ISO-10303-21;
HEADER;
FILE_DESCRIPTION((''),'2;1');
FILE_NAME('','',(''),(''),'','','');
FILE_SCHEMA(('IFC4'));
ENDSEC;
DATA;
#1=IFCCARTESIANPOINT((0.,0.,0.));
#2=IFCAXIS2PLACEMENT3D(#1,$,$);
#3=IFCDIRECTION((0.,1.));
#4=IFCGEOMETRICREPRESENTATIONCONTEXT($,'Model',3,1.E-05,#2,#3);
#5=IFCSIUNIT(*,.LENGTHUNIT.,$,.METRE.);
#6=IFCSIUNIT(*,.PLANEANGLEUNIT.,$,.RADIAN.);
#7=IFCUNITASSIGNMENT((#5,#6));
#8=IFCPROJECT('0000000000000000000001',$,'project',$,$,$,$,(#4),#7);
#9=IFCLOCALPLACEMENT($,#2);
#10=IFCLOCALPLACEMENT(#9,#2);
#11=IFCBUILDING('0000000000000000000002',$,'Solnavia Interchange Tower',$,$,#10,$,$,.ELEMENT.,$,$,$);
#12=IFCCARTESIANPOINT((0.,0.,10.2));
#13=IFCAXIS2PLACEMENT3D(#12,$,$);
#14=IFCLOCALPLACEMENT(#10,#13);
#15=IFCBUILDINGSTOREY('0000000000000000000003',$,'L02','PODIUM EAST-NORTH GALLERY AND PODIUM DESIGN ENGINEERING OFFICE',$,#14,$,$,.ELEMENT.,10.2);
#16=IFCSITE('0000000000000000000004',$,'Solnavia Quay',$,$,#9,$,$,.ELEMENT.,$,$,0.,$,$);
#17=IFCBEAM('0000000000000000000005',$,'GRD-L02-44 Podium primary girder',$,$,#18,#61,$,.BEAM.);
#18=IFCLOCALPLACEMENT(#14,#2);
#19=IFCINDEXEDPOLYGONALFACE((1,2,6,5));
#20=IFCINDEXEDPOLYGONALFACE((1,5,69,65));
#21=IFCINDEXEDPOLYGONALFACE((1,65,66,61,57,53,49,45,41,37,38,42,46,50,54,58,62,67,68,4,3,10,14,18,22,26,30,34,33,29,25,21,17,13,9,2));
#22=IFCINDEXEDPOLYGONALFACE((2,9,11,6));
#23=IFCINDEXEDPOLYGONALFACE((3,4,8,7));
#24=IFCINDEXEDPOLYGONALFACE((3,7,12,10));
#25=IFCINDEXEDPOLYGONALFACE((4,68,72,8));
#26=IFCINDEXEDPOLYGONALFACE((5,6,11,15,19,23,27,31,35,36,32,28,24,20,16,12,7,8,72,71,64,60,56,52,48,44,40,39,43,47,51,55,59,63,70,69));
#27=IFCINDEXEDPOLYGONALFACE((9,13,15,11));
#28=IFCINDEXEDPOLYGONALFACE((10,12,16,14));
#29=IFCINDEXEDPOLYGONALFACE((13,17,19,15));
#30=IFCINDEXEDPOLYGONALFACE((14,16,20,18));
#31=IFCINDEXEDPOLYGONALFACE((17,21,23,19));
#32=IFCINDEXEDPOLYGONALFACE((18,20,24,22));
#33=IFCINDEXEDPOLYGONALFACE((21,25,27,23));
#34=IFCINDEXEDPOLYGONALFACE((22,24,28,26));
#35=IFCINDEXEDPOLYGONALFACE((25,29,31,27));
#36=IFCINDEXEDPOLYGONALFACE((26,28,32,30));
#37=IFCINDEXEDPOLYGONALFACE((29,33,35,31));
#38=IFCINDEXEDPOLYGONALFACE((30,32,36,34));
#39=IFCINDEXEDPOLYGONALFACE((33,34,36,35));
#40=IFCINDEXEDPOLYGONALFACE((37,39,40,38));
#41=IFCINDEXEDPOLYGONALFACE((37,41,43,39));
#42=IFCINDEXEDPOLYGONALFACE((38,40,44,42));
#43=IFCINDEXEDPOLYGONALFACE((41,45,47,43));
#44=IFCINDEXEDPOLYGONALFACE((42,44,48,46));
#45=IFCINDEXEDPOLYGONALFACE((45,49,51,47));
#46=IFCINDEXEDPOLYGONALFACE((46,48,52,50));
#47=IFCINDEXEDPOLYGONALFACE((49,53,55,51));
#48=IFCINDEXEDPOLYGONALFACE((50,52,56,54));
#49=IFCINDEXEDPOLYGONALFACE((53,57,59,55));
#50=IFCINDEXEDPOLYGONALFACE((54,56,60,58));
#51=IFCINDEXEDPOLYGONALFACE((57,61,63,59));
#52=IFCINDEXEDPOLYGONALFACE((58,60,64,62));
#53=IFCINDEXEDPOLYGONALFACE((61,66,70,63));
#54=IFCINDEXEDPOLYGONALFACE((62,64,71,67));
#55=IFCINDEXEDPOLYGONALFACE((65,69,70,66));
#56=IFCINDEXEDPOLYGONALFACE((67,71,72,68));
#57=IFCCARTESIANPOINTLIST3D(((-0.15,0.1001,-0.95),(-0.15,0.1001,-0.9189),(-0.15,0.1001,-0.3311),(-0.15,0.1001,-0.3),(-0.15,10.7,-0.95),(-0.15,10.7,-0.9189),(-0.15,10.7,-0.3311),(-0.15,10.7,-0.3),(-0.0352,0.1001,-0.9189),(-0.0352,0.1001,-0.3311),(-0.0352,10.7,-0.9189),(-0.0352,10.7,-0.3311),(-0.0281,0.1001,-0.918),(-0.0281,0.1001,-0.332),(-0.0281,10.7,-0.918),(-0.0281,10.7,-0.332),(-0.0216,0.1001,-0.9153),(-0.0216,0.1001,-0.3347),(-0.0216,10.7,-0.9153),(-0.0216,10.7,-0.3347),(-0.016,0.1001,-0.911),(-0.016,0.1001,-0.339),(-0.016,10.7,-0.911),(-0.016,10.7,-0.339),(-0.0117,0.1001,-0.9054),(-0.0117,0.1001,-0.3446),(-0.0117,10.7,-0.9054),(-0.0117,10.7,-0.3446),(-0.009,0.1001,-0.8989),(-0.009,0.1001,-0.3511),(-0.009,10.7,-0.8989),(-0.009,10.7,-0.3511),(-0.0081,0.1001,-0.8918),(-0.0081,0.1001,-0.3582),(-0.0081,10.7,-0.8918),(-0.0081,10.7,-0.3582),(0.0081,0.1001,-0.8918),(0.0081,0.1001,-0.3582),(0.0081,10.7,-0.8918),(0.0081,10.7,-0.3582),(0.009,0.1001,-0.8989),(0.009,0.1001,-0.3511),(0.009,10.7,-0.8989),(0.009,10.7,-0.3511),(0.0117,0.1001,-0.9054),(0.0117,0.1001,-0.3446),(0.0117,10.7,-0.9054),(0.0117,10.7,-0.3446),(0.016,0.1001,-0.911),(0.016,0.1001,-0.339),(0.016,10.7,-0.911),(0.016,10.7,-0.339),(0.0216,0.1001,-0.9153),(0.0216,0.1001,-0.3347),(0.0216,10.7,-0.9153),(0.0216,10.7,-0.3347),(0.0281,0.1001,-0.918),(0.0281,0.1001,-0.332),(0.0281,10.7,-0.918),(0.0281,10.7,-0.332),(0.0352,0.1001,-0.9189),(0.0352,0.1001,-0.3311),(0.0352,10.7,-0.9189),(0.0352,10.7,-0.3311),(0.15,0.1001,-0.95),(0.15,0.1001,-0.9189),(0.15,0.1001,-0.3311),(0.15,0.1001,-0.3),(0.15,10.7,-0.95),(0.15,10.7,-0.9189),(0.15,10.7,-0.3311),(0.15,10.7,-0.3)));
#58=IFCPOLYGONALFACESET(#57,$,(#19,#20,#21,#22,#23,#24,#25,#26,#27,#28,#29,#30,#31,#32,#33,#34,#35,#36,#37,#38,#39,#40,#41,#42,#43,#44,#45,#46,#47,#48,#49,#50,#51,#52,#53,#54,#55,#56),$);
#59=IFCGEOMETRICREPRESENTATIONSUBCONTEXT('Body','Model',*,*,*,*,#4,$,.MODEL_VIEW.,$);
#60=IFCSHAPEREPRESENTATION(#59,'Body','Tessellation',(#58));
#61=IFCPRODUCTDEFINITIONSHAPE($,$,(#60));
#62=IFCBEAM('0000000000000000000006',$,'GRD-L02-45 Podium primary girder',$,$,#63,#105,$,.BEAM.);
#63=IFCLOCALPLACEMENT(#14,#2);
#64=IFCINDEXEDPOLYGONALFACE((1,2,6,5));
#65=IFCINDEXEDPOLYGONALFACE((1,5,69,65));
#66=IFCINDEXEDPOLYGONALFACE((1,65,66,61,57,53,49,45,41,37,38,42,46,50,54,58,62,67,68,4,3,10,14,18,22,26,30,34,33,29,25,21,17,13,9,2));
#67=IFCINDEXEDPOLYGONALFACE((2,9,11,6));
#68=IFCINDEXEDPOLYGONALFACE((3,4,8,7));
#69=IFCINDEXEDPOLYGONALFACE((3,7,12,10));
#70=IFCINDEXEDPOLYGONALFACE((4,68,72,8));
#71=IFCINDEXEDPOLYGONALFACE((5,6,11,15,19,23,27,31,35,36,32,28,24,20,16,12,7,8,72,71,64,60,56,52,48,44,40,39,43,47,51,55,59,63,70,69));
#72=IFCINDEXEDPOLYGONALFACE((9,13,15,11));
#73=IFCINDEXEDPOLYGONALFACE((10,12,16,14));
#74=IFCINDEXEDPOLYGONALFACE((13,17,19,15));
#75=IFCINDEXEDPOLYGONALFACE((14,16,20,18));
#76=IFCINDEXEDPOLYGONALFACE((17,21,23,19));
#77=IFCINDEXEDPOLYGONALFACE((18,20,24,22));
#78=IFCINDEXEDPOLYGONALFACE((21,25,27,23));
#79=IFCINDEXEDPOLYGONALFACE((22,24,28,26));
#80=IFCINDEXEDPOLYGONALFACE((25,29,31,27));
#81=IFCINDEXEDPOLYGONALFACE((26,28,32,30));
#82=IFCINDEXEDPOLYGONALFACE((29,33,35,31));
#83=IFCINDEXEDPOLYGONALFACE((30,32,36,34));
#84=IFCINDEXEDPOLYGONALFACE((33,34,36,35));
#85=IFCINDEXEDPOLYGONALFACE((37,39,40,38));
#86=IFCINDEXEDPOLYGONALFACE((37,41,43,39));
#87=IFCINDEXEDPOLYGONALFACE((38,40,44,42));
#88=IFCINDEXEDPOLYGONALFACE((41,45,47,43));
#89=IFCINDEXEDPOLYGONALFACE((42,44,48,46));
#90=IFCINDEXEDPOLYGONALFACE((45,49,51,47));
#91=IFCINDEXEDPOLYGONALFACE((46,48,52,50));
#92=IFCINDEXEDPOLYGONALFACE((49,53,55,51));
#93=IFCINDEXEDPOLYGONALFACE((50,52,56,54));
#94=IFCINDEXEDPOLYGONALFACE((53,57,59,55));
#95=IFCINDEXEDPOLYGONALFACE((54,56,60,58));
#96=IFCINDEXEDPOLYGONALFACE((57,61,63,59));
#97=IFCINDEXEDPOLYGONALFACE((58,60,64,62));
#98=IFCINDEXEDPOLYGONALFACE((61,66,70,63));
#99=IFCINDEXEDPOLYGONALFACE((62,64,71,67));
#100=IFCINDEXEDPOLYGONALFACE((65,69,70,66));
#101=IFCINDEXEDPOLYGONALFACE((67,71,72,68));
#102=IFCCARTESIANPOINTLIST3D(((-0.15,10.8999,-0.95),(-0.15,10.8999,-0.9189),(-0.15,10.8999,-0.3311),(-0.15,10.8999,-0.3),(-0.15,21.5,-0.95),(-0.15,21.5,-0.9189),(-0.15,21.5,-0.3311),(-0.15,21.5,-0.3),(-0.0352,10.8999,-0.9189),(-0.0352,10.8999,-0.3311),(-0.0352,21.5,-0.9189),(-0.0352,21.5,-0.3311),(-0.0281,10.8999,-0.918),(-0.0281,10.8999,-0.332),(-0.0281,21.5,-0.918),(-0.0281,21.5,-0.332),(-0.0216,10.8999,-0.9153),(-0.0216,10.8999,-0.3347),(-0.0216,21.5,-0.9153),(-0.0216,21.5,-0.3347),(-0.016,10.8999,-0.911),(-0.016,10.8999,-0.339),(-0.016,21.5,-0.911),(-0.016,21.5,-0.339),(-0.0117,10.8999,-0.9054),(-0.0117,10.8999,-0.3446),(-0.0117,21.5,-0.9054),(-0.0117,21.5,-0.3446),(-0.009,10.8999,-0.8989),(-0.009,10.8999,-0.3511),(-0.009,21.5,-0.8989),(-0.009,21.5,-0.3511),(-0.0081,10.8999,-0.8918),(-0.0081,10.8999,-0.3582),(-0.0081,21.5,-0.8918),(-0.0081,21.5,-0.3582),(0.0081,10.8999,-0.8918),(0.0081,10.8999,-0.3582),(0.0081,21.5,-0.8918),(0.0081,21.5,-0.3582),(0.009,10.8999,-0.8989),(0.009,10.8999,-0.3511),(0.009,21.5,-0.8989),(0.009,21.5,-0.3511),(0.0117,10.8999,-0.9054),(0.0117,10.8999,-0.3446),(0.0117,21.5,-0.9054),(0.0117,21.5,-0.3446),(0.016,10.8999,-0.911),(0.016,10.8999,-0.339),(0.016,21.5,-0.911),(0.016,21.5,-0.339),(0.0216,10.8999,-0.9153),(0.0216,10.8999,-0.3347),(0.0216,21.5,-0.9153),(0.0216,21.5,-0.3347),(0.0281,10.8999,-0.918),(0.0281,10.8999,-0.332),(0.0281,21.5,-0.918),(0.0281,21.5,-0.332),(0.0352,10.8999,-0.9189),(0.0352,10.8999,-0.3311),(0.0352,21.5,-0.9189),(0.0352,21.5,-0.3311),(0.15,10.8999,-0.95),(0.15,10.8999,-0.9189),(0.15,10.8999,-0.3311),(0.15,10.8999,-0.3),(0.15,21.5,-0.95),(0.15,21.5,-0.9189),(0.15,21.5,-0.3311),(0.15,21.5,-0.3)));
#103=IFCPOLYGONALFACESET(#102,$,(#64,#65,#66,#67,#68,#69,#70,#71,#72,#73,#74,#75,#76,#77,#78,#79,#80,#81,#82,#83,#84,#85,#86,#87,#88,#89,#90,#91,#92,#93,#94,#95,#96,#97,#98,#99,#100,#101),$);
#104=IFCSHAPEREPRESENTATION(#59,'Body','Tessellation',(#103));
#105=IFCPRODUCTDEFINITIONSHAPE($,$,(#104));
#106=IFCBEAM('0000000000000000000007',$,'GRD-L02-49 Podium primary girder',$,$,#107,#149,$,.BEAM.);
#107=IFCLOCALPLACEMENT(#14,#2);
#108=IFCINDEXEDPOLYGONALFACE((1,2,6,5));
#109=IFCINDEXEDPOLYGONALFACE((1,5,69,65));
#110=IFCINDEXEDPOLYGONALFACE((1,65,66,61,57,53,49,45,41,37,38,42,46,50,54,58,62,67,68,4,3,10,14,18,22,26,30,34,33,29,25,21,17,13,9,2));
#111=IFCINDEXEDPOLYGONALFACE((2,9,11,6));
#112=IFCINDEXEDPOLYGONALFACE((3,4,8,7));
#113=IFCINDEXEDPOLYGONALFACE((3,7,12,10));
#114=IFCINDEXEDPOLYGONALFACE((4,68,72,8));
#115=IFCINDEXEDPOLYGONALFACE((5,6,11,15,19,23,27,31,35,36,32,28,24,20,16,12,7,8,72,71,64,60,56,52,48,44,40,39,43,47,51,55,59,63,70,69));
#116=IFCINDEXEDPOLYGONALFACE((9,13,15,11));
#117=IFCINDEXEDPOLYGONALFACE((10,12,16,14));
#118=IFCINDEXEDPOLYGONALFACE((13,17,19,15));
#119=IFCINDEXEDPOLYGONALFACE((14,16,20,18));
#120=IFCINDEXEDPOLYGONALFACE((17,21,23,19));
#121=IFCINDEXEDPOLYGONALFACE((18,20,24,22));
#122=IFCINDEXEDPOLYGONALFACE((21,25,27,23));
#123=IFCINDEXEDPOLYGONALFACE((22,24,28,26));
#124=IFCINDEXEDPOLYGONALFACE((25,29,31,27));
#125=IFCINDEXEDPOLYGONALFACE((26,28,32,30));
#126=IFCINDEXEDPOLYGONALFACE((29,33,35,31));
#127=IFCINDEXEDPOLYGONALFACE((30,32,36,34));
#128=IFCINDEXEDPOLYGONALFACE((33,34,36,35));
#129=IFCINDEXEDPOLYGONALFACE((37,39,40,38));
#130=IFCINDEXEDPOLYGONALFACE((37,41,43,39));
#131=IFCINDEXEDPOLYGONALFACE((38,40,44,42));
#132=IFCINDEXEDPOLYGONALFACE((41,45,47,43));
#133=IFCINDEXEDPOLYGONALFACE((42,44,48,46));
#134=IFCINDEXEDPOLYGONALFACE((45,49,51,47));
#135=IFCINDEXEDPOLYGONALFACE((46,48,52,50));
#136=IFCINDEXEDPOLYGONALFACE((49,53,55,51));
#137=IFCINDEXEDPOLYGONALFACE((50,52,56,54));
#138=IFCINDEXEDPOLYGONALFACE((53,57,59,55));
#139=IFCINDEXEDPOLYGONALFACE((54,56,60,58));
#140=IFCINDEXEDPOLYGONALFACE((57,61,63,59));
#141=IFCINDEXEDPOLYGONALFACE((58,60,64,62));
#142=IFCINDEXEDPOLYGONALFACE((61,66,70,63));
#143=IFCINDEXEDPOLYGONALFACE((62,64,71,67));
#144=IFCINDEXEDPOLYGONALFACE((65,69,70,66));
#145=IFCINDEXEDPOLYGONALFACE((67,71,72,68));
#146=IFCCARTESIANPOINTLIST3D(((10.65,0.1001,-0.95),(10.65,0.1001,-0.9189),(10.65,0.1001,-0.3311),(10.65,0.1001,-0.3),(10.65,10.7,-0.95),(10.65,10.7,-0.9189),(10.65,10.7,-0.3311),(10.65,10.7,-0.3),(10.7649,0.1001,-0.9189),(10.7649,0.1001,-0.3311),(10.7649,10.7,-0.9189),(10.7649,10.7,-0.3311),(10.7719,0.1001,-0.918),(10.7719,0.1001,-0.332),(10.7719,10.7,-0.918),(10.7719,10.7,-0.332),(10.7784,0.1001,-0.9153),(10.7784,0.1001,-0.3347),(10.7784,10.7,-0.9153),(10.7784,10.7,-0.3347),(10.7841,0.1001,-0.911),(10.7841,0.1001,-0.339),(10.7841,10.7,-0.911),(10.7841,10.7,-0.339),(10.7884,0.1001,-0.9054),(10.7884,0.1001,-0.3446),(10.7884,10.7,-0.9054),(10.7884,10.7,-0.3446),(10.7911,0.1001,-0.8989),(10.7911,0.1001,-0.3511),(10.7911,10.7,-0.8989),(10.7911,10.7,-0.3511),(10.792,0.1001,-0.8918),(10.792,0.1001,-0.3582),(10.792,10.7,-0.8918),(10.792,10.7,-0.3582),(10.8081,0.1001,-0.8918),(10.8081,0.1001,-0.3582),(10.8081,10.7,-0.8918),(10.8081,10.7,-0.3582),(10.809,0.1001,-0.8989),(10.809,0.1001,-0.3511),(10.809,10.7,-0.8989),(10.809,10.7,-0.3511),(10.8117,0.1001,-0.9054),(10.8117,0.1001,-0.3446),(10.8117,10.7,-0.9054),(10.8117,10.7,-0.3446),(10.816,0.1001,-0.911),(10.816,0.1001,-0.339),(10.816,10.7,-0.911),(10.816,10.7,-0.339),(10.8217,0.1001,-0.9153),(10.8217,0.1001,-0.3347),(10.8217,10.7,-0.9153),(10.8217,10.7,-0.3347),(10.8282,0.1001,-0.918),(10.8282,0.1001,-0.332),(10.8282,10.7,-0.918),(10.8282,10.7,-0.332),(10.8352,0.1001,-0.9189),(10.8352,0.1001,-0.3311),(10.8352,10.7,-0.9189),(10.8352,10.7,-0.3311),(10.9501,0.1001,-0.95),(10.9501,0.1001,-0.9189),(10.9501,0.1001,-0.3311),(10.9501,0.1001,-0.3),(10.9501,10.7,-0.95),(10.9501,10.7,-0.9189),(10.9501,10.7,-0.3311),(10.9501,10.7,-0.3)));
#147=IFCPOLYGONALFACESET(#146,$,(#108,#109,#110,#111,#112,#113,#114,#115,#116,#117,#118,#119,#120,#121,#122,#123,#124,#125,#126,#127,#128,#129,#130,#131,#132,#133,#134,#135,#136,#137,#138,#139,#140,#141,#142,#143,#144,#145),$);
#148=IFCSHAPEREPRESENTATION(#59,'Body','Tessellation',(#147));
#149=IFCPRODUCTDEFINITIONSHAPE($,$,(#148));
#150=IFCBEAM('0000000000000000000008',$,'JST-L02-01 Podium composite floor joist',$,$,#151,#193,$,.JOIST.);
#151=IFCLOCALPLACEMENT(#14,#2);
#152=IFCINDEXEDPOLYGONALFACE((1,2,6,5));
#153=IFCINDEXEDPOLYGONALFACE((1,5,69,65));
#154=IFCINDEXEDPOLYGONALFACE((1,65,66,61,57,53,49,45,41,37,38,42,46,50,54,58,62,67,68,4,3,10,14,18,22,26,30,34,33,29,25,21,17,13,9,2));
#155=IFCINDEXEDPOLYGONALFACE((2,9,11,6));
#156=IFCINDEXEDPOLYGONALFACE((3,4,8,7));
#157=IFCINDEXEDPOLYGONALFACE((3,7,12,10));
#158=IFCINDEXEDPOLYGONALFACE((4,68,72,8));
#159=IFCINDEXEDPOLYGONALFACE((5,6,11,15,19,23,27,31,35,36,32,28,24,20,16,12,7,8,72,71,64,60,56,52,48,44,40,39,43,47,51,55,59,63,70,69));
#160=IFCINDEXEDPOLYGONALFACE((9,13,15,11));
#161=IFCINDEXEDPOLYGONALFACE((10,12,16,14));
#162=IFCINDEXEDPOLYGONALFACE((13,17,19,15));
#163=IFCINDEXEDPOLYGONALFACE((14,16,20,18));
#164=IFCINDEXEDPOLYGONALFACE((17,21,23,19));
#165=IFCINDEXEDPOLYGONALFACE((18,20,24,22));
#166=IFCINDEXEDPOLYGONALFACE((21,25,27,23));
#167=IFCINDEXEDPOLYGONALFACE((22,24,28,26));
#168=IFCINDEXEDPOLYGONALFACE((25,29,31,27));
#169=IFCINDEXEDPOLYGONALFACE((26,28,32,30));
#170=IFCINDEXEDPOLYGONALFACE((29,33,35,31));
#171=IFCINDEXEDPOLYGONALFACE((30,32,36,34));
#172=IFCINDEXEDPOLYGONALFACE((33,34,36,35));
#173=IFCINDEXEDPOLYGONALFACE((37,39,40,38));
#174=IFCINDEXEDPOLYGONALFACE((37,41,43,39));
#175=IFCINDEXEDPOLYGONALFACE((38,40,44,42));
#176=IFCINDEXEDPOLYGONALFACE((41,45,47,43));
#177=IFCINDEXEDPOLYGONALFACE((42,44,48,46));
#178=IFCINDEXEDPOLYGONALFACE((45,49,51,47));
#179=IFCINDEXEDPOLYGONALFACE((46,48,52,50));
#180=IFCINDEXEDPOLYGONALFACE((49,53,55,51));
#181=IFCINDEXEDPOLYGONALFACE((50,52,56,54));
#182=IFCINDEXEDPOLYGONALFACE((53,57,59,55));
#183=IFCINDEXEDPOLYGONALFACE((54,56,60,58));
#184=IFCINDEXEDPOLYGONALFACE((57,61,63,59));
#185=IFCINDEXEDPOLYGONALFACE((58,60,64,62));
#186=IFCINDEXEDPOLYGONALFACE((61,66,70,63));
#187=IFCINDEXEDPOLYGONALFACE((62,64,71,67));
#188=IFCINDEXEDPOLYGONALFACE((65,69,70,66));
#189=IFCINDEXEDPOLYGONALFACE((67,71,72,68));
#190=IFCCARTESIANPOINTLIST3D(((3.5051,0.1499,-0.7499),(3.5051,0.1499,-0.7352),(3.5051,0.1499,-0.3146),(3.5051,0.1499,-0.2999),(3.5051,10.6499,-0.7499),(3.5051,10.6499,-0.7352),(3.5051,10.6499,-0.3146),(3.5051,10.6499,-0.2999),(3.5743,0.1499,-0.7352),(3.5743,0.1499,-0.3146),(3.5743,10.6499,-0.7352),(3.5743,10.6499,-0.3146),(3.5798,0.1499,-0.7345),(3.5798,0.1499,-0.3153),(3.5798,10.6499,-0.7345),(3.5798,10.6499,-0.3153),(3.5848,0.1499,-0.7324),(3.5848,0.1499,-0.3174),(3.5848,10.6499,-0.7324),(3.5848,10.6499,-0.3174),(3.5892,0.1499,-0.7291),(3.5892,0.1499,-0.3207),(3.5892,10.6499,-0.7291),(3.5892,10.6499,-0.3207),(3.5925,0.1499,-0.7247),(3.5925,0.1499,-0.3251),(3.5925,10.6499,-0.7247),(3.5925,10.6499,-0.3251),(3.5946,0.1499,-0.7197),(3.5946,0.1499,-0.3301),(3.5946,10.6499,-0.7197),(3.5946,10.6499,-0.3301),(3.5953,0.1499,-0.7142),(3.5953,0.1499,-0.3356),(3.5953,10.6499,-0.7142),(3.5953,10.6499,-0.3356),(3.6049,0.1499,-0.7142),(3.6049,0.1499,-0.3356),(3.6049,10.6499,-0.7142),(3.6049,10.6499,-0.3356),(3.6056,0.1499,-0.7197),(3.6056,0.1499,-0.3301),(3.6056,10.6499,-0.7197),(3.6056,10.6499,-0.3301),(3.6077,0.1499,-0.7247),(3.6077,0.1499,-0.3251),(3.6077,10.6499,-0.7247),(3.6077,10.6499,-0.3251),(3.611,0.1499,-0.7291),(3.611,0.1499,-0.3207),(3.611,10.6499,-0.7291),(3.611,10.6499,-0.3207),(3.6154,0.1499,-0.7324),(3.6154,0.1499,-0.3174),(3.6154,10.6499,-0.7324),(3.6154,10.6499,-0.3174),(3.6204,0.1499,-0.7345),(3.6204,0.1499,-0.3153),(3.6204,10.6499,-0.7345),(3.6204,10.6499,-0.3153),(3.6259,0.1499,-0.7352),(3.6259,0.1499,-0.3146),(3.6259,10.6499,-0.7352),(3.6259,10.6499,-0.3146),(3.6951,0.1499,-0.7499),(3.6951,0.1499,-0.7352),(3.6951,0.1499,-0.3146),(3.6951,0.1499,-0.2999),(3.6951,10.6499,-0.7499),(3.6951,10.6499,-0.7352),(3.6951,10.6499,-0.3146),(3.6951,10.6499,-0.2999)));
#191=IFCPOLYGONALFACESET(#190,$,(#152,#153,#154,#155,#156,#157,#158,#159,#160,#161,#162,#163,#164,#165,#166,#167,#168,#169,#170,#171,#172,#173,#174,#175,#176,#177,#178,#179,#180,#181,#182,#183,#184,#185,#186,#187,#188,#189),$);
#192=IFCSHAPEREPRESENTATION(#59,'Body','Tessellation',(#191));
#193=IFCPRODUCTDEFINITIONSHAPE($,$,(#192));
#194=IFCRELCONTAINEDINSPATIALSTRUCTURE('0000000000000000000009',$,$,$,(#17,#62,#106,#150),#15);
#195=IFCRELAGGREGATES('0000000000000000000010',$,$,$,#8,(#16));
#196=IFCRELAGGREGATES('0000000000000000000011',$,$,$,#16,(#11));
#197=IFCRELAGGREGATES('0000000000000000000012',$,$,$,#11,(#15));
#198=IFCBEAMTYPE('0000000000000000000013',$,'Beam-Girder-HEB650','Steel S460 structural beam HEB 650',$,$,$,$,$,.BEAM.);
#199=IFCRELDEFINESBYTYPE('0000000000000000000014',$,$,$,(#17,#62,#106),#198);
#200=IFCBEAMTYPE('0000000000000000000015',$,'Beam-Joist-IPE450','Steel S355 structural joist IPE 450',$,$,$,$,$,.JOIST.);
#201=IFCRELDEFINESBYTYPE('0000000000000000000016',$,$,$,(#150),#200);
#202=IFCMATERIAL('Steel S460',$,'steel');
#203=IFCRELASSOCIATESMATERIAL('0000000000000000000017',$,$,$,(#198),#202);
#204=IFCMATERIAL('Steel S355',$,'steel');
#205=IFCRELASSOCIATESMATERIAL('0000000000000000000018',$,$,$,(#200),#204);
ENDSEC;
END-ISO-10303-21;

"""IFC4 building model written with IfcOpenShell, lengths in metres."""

from ifc_helpers import new_model, si_unit, direction, frame, origin, origin_2d, place, context, subcontext, project, spatial, i_section, extrude, material, material_profile, profile_set, type_object, element, save


model = new_model("IFC4")

# Units and contexts
model_context = context("Model", 3, precision=1e-05, world=origin(), true_north=direction((0.0, 1.0)))
body_context = subcontext(model_context, "Body", "Model", "MODEL_VIEW")
ifc_project = project(units=[si_unit("LENGTHUNIT", "METRE"), si_unit("PLANEANGLEUNIT", "RADIAN")], contexts=[model_context])

# Site, building, storey
site_placement = place(None, origin())
site = spatial("IfcSite", under=ifc_project, at=site_placement, Name="Solnavia Quay", CompositionType="ELEMENT", RefElevation=0.0)
building_placement = place(site_placement, origin())
building = spatial("IfcBuilding", under=site, at=building_placement, Name="Solnavia Interchange Tower", CompositionType="ELEMENT")
storey_placement = place(building_placement, frame((0.0, 0.0, 10.2)))
storey = spatial("IfcBuildingStorey", under=building, at=storey_placement, Name="L02", Description="PODIUM EAST-NORTH GALLERY AND PODIUM DESIGN ENGINEERING OFFICE", CompositionType="ELEMENT", Elevation=10.2)

# Beams
ifc_material_1 = material(Name="Steel S460", Category="steel")
ifc_material_profile_1 = material_profile(ifc_material_1, i_section(OverallWidth=0.3, OverallDepth=0.6499, WebThickness=0.0161, FlangeThickness=0.031, FilletRadius=0.0271, at=origin_2d()), Name="HEB 650")
ifc_profile_set_1 = profile_set([ifc_material_profile_1], Name="Steel S460")
beam_type_1 = type_object("IfcBeamType", Name="Beam-Girder-HEB650", Description="Steel S460 structural beam HEB 650", PredefinedType="BEAM", material=ifc_profile_set_1)
for number, where, z_axis, x_axis, name in (
    (1, (0.0, 0.1001, -0.625), (0.0, 1.0, 0.0), (-1.0, 0.0, 0.0), "GRD-L02-44 Podium primary girder"),
):
    element("IfcBeam", number, at=place(storey_placement, frame(where, z_axis=z_axis, x_axis=x_axis)), inside=storey, type_object=beam_type_1, Name=name, PredefinedType="BEAM", context=body_context, shape_type="SweptSolid", body=[
        extrude(i_section(OverallWidth=0.3, OverallDepth=0.6499, WebThickness=0.0161, FlangeThickness=0.031, FilletRadius=0.0271, at=origin_2d()), origin(), (0.0, 0.0, 1.0), 10.5999),
    ])
beam_1_placement = place(storey_placement, frame((0.0, 10.8999, -0.625), z_axis=(0.0, 1.0, 0.0), x_axis=(-1.0, 0.0, 0.0)))
element("IfcBeam", 2, at=beam_1_placement, inside=storey, type_object=beam_type_1, Name="GRD-L02-45 Podium primary girder", PredefinedType="BEAM", context=body_context, shape_type="SweptSolid", body=[
    extrude(i_section(OverallWidth=0.3, OverallDepth=0.6499, WebThickness=0.0161, FlangeThickness=0.031, FilletRadius=0.0271, at=origin_2d()), origin(), (0.0, 0.0, 1.0), 10.6001),
])
beam_2_placement = place(storey_placement, frame((10.8, 0.1001, -0.625), z_axis=(0.0, 1.0, 0.0), x_axis=(-1.0, 0.0, 0.0)))
element("IfcBeam", 3, at=beam_2_placement, inside=storey, type_object=beam_type_1, Name="GRD-L02-49 Podium primary girder", PredefinedType="BEAM", context=body_context, shape_type="SweptSolid", body=[
    extrude(i_section(OverallWidth=0.3, OverallDepth=0.6499, WebThickness=0.0161, FlangeThickness=0.031, FilletRadius=0.0271, at=origin_2d()), origin(), (0.0, 0.0, 1.0), 10.5999),
])
ifc_material_2 = material(Name="Steel S355", Category="steel")
ifc_material_profile_2 = material_profile(ifc_material_2, i_section(OverallWidth=0.1899, OverallDepth=0.45, WebThickness=0.0095, FlangeThickness=0.0146, FilletRadius=0.021, at=origin_2d()), Name="IPE 450")
ifc_profile_set_2 = profile_set([ifc_material_profile_2], Name="Steel S355")
beam_type_2 = type_object("IfcBeamType", Name="Beam-Joist-IPE450", Description="Steel S355 structural joist IPE 450", PredefinedType="JOIST", material=ifc_profile_set_2)
for number, where, z_axis, x_axis, name in (
    (4, (3.6001, 0.1499, -0.5249), (0.0, 1.0, 0.0), (-1.0, 0.0, 0.0), "JST-L02-01 Podium composite floor joist"),
):
    element("IfcBeam", number, at=place(storey_placement, frame(where, z_axis=z_axis, x_axis=x_axis)), inside=storey, type_object=beam_type_2, Name=name, PredefinedType="JOIST", context=body_context, shape_type="SweptSolid", body=[
        extrude(i_section(OverallWidth=0.1899, OverallDepth=0.45, WebThickness=0.0095, FlangeThickness=0.0146, FilletRadius=0.021, at=origin_2d()), origin(), (0.0, 0.0, 1.0), 10.5),
    ])

save(model, "model.ifc")
